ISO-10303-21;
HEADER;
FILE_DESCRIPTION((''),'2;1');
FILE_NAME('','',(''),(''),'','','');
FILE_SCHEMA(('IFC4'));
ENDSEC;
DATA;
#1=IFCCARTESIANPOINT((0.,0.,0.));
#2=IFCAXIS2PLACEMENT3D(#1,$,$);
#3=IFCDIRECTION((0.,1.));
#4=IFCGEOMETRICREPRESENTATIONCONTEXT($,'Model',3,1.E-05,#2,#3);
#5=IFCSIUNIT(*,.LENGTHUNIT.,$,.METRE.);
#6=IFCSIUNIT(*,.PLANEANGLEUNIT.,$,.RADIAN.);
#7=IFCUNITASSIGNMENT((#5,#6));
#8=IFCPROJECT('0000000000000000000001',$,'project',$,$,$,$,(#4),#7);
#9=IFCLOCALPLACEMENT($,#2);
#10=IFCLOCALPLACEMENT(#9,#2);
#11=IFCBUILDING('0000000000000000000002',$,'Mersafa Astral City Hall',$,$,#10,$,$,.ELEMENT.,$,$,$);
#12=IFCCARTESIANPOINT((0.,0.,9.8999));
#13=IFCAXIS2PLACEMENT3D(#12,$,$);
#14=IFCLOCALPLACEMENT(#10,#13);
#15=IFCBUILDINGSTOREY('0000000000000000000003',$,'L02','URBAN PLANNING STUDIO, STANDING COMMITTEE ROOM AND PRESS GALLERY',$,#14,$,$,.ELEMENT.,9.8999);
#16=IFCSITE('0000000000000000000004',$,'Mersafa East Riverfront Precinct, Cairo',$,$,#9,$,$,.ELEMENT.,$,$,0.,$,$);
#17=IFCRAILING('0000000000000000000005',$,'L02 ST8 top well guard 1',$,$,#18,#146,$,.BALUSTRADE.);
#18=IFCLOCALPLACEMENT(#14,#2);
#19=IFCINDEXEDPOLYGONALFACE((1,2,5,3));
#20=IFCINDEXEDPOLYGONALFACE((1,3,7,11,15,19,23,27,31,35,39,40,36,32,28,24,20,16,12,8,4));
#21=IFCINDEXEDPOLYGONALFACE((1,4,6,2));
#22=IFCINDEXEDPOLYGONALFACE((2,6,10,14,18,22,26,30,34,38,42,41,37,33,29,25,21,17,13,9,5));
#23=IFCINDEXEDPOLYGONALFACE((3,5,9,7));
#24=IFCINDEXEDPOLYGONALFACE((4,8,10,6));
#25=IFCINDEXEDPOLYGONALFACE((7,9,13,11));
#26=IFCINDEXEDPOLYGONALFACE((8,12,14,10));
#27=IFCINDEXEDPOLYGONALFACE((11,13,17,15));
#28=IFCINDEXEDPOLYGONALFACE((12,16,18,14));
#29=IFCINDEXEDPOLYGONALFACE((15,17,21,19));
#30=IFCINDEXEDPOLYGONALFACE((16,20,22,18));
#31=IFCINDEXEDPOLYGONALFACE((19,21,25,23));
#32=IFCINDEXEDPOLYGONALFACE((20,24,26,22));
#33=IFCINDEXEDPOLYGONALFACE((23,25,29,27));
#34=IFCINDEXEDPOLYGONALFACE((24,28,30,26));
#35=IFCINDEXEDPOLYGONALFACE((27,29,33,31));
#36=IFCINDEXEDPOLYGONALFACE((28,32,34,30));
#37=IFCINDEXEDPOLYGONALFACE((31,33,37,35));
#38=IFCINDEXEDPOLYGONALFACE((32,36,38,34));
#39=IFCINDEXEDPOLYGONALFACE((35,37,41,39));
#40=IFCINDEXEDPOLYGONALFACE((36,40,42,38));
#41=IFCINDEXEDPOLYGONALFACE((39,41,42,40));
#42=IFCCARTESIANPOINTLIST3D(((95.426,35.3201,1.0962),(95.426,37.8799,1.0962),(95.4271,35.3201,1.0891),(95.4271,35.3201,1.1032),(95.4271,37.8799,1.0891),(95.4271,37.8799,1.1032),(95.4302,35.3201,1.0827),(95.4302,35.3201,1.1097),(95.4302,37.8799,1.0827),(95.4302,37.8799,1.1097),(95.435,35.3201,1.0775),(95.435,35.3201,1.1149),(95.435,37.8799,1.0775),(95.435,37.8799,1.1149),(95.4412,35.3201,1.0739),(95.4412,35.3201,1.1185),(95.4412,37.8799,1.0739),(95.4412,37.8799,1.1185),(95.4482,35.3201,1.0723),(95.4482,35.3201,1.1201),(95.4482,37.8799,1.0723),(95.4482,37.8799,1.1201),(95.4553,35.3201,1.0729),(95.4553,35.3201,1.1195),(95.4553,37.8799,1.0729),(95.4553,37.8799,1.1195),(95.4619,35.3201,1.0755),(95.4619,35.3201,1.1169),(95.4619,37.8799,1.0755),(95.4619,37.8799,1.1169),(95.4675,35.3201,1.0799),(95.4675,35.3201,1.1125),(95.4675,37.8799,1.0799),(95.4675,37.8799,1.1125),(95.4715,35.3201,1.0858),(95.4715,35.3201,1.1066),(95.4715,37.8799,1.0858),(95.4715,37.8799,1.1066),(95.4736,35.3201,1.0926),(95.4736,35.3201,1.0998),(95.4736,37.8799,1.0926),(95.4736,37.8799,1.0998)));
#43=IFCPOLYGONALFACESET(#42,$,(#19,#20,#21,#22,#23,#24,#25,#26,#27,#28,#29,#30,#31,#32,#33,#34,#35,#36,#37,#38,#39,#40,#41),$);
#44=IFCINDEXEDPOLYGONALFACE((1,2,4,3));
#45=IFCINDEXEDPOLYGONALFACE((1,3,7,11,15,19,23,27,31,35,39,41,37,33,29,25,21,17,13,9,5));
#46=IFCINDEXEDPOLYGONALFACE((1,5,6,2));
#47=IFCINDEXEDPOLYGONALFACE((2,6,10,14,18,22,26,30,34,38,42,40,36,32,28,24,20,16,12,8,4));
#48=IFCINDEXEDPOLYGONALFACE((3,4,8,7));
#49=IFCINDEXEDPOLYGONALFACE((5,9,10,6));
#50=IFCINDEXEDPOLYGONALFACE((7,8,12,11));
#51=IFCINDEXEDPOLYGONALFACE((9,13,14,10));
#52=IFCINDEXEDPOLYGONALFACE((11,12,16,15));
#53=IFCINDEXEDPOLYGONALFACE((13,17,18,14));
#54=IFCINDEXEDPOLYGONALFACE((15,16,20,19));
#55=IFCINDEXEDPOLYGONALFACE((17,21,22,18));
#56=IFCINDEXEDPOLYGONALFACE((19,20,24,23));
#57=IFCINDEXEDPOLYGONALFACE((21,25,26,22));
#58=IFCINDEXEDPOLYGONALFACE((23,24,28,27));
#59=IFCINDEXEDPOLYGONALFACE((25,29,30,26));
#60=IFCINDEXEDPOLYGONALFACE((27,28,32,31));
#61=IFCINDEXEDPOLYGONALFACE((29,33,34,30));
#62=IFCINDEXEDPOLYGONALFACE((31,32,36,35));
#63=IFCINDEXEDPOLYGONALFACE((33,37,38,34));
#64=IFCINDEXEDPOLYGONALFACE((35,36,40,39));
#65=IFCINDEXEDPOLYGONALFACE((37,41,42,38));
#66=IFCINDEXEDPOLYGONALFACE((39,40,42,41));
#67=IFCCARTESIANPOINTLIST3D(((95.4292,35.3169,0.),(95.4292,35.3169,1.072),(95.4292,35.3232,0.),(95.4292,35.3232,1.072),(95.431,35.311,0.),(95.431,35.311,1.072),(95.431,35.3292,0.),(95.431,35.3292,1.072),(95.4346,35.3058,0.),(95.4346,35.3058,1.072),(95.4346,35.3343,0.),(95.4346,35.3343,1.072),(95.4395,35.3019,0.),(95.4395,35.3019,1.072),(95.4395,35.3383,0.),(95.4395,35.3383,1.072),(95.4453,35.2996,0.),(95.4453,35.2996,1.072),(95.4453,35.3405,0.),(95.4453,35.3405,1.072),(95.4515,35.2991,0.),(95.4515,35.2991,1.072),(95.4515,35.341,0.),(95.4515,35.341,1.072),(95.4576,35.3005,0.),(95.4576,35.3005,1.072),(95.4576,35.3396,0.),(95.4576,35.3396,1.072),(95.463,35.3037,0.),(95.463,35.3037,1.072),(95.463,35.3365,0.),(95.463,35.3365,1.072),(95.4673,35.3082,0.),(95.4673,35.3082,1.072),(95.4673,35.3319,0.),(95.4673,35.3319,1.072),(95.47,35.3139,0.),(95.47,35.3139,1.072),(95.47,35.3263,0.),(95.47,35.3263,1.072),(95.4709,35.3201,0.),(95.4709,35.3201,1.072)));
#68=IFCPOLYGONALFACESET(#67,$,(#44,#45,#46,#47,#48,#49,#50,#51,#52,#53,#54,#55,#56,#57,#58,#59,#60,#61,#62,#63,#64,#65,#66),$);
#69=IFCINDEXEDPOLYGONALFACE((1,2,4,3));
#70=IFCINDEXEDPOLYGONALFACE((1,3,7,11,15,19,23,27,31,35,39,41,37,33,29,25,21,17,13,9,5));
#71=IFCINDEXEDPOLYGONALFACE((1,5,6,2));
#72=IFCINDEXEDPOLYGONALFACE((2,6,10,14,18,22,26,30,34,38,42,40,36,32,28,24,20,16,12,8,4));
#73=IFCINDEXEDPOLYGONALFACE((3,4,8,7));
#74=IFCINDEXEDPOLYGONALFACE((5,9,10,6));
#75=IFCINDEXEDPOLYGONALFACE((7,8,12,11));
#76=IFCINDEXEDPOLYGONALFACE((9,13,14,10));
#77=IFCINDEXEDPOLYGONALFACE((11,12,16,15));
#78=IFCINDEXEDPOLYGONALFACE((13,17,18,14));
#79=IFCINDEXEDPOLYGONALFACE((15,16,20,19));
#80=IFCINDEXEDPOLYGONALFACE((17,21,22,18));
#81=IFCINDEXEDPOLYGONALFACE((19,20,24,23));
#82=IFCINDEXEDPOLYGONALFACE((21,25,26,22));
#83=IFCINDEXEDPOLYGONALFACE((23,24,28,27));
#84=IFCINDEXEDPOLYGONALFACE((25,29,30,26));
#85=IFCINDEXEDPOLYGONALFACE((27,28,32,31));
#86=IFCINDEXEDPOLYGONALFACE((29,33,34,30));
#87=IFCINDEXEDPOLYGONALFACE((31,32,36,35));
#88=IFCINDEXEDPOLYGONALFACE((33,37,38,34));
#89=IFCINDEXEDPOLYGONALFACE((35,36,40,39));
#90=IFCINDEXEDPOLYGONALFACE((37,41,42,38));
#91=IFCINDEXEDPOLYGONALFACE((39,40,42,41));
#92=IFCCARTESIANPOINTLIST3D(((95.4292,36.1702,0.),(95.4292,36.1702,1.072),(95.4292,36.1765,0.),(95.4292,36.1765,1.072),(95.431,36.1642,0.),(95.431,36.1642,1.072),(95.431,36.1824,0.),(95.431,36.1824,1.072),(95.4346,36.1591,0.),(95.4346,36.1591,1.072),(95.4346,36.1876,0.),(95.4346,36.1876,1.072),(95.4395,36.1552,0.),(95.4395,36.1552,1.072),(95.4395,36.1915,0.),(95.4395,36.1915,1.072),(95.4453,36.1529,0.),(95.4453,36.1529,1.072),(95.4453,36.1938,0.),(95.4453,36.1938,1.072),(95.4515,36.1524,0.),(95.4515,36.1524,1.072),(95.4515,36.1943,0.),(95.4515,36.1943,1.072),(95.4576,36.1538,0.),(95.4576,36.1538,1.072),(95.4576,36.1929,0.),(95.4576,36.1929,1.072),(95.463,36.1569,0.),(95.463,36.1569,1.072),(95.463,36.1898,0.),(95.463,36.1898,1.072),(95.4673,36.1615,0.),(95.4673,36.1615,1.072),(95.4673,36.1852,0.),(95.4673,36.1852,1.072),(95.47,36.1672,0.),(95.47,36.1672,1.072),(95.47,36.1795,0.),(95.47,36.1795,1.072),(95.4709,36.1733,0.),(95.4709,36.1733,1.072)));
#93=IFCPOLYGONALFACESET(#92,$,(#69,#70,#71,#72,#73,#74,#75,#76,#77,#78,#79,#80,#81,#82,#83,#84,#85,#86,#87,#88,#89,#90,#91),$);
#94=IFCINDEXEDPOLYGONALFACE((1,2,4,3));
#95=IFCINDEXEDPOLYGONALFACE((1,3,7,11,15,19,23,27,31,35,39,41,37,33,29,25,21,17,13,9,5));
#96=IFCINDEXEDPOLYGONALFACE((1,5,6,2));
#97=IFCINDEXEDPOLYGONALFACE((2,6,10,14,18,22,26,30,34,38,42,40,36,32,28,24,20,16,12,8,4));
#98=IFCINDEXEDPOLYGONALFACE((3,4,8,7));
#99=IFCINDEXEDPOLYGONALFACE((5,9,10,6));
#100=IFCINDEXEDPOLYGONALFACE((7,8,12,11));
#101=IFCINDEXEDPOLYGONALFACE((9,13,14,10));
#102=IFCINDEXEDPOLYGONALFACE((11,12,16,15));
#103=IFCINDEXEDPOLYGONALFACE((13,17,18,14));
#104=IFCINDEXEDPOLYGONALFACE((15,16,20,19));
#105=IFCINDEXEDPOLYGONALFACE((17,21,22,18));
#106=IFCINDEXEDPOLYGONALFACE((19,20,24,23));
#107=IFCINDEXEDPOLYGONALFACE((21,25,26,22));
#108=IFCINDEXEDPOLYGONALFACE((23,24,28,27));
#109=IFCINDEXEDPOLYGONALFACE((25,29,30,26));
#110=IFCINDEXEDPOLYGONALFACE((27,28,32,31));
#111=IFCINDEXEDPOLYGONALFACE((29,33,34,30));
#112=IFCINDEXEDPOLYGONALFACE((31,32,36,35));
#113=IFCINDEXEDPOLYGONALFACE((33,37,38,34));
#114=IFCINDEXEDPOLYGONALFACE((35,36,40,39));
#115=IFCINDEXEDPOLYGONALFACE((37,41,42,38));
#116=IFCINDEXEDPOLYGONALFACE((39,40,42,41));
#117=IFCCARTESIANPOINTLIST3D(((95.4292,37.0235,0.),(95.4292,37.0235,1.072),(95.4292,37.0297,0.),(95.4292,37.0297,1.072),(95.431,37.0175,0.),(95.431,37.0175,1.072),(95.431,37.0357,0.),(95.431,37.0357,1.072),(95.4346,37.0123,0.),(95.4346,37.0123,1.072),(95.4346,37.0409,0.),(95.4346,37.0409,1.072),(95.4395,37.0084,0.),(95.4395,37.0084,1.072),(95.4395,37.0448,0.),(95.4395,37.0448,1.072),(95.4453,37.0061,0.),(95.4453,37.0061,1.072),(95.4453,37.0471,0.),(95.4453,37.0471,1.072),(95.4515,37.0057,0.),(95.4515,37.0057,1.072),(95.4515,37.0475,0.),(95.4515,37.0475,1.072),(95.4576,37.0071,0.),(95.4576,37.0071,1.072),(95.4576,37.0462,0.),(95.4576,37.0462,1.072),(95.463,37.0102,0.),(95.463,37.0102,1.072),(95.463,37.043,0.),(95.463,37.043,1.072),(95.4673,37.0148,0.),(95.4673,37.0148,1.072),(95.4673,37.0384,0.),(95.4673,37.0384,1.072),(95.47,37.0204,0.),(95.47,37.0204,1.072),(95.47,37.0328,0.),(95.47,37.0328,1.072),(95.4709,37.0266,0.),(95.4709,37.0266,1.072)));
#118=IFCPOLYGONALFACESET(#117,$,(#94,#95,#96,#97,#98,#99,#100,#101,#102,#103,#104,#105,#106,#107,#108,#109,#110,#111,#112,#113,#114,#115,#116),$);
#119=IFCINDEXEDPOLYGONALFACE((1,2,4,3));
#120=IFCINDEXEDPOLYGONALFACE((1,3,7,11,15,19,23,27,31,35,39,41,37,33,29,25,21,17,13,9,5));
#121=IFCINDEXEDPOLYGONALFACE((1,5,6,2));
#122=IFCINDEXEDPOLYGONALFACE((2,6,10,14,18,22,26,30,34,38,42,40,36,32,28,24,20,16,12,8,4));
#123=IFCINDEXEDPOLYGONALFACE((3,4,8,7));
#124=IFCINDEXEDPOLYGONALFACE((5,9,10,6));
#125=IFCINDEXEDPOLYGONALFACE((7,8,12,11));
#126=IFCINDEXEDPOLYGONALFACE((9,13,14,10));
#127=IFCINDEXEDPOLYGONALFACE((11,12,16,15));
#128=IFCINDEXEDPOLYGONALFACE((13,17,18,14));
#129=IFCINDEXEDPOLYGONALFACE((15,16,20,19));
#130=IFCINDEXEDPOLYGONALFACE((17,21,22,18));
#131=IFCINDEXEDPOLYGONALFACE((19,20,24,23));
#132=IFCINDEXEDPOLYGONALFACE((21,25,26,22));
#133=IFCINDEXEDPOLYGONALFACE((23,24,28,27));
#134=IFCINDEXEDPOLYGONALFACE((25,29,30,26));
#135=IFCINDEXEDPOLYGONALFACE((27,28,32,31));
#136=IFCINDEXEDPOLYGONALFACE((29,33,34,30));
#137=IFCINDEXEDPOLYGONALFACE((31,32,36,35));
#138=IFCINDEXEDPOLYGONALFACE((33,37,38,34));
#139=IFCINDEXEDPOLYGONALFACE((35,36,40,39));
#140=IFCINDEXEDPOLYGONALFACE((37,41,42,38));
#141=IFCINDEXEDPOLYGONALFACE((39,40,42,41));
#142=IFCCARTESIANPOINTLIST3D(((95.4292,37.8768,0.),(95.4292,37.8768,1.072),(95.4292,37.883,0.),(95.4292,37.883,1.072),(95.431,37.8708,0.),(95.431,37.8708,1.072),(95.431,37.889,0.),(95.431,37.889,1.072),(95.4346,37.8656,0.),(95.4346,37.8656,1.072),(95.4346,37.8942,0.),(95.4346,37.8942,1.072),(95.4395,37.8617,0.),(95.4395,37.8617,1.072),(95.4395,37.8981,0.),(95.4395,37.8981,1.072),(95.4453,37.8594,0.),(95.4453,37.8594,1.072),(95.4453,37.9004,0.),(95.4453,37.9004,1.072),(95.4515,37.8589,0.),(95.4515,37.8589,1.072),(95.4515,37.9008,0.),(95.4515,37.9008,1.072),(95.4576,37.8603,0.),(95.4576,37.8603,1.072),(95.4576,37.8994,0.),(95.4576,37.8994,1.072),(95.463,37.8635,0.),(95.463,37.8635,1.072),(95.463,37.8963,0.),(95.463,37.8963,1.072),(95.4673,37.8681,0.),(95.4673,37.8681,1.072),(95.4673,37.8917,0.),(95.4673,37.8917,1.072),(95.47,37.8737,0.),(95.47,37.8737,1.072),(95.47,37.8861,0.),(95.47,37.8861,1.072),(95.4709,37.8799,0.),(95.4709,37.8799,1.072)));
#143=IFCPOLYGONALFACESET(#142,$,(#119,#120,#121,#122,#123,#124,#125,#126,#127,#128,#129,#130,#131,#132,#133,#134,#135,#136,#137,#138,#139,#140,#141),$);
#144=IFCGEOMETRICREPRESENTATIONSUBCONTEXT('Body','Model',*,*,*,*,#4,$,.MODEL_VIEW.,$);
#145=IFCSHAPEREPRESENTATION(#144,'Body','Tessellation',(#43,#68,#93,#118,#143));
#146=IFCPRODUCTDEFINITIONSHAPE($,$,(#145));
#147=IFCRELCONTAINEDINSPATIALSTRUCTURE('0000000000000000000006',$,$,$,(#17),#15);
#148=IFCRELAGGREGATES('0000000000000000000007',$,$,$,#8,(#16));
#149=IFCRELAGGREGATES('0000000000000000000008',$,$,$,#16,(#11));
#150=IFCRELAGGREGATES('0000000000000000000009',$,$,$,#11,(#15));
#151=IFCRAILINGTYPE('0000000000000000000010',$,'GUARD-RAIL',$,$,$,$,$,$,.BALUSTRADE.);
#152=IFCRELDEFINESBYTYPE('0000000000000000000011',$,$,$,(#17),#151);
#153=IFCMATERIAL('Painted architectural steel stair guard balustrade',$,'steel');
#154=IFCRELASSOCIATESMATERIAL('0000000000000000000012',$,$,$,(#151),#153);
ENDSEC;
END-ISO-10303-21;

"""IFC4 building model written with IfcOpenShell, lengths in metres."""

from ifc_helpers import new_model, si_unit, direction, frame, origin, origin_2d, place, context, subcontext, project, spatial, circle, extrude, material, type_object, element, save


model = new_model("IFC4")

# Units and contexts
model_context = context("Model", 3, precision=1e-05, world=origin(), true_north=direction((0.0, 1.0)))
body_context = subcontext(model_context, "Body", "Model", "MODEL_VIEW")
ifc_project = project(units=[si_unit("LENGTHUNIT", "METRE"), si_unit("PLANEANGLEUNIT", "RADIAN")], contexts=[model_context])

# Site, building, storey
site_placement = place(None, origin())
site = spatial("IfcSite", under=ifc_project, at=site_placement, Name="Mersafa East Riverfront Precinct, Cairo", CompositionType="ELEMENT", RefElevation=0.0)
building_placement = place(site_placement, origin())
building = spatial("IfcBuilding", under=site, at=building_placement, Name="Mersafa Astral City Hall", CompositionType="ELEMENT")
storey_placement = place(building_placement, frame((0.0, 0.0, 9.8999)))
storey = spatial("IfcBuildingStorey", under=building, at=storey_placement, Name="L02", Description="URBAN PLANNING STUDIO, STANDING COMMITTEE ROOM AND PRESS GALLERY", CompositionType="ELEMENT", Elevation=9.8999)

# Railing
ifc_material_1 = material(Name="Painted architectural steel stair guard balustrade", Category="steel")
railing_type_1 = type_object("IfcRailingType", Name="GUARD-RAIL", PredefinedType="BALUSTRADE", material=ifc_material_1)
railing_1_placement = place(storey_placement, frame((95.45, 35.3201, 0.0)))
element("IfcRailing", 1, at=railing_1_placement, inside=storey, type_object=railing_type_1, Name="L02 ST8 top well guard 1", PredefinedType="BALUSTRADE", context=body_context, shape_type="SweptSolid", body=[
    extrude(circle(Radius=0.0239, at=origin_2d()), frame((0.0, 0.0, 1.0962), z_axis=(0.0, 1.0, 0.0), x_axis=(-1.0, 0.0, 0.0)), (0.0, 0.0, 1.0), 2.5598),
    extrude(circle(Radius=0.021, at=origin_2d()), origin(), (0.0, 0.0, 1.0), 1.072),
    extrude(circle(Radius=0.021, at=origin_2d()), frame((0.0, 0.8533, 0.0)), (0.0, 0.0, 1.0), 1.072),
    extrude(circle(Radius=0.021, at=origin_2d()), frame((0.0, 1.7065, 0.0)), (0.0, 0.0, 1.0), 1.072),
    extrude(circle(Radius=0.021, at=origin_2d()), frame((0.0, 2.5598, 0.0)), (0.0, 0.0, 1.0), 1.072),
])

save(model, "model.ifc")
